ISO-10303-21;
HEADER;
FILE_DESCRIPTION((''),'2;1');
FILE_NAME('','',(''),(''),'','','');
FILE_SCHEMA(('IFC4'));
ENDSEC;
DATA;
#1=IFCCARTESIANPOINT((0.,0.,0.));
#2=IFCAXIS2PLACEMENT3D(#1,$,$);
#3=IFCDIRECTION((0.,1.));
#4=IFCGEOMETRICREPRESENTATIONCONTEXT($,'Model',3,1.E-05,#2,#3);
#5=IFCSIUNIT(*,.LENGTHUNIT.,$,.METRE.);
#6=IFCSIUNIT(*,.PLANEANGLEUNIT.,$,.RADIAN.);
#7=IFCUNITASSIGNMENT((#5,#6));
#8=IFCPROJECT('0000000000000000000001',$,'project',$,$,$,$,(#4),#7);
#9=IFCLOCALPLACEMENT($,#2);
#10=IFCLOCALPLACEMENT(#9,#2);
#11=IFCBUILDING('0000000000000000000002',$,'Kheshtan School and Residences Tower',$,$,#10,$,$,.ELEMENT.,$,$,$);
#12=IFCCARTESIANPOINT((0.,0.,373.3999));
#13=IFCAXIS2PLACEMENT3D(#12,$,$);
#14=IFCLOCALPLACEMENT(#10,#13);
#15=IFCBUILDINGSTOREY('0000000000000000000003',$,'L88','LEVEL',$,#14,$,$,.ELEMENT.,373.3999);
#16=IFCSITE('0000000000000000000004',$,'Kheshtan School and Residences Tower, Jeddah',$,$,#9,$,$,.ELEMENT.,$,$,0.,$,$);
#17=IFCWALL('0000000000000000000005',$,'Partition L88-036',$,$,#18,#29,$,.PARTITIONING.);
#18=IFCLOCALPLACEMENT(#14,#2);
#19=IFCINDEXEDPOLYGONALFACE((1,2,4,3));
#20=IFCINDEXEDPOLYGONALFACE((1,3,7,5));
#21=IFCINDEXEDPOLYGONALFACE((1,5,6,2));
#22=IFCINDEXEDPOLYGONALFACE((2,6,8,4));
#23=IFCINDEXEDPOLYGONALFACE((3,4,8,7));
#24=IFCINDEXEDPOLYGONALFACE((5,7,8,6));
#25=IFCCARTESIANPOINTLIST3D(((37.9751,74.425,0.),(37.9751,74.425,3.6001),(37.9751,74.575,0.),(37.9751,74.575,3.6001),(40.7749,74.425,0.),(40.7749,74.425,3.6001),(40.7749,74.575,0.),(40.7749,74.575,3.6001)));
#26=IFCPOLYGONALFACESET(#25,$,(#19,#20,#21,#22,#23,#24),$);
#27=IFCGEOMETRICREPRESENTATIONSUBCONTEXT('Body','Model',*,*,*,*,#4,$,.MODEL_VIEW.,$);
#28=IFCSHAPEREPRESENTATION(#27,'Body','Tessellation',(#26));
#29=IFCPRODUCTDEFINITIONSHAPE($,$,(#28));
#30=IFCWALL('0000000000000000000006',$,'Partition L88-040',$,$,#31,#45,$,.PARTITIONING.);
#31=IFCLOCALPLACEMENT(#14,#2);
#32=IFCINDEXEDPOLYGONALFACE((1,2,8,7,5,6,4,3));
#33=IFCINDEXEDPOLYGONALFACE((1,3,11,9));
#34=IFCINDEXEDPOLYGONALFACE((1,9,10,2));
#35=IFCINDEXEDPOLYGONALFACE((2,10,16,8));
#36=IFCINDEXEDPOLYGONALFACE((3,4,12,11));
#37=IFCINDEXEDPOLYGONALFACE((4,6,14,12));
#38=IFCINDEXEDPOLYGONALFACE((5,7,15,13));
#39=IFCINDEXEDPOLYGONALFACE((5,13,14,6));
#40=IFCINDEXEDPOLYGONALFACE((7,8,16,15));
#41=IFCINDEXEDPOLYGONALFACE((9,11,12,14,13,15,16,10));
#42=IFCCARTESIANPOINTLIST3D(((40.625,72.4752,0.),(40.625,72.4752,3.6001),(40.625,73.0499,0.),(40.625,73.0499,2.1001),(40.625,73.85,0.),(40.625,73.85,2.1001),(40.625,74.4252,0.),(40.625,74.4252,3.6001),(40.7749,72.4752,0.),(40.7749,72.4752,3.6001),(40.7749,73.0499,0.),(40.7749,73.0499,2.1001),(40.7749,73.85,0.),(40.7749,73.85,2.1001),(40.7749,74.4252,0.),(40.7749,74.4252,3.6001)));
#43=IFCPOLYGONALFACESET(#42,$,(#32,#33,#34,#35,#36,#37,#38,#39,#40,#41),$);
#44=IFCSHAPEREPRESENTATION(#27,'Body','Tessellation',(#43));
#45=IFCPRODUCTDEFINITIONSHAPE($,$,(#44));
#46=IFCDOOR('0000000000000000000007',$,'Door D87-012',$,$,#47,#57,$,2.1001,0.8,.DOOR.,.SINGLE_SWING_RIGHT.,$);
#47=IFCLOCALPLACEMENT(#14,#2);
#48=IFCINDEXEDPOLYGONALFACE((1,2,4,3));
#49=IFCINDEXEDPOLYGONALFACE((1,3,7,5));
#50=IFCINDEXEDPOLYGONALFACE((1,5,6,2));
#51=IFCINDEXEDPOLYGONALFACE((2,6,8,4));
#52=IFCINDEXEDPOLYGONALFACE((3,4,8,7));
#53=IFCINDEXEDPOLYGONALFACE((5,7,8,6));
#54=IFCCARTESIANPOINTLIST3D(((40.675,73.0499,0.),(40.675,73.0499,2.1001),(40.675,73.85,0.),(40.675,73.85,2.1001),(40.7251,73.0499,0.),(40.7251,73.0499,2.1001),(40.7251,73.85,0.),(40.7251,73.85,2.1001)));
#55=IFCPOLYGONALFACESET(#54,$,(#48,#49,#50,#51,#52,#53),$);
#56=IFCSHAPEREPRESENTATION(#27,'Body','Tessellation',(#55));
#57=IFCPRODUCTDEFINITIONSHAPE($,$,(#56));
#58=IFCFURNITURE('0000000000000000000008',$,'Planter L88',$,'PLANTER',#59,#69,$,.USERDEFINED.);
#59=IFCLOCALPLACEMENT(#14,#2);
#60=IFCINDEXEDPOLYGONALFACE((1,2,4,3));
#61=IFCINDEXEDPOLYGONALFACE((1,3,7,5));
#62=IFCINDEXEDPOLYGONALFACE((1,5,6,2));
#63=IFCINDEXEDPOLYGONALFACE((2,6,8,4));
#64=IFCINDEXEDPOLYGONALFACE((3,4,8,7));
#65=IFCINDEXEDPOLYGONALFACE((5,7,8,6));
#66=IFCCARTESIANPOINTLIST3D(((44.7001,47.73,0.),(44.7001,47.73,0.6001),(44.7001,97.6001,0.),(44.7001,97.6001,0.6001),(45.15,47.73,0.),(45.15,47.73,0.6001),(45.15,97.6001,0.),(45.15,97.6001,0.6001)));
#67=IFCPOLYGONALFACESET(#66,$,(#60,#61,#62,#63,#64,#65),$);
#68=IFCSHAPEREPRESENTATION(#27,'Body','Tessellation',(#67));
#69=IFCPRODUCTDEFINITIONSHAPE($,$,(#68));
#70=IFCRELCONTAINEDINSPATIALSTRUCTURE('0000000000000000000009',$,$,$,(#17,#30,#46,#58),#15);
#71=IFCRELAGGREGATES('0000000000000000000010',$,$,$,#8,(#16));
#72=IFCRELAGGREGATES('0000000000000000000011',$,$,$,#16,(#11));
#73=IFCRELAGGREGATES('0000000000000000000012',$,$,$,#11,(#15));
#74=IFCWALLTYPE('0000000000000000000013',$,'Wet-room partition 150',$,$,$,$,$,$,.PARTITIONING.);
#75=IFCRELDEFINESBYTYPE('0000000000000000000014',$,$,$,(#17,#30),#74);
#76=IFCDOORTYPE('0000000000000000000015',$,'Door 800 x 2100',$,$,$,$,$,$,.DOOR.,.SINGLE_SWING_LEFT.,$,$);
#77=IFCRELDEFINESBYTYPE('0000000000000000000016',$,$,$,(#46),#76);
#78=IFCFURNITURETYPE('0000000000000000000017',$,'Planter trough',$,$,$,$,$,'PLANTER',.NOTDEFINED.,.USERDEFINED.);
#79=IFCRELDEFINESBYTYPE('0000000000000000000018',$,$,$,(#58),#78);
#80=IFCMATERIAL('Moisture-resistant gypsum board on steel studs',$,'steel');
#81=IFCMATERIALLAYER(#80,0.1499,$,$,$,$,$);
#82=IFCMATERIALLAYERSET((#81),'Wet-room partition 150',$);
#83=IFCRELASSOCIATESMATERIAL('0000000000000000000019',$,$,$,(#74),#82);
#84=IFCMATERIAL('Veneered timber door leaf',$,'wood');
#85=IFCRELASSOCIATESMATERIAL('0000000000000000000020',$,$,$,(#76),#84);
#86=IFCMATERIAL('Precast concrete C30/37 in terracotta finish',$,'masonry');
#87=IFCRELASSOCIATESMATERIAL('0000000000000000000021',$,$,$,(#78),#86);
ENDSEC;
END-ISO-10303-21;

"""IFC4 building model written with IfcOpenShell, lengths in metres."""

from ifc_helpers import new_model, si_unit, direction, frame, frame_2d, origin, origin_2d, place, context, subcontext, project, spatial, rectangle, extrude, source, transform, mapped, material, layer, layer_set, type_object, element, fill, save


model = new_model("IFC4")

# Units and contexts
model_context = context("Model", 3, precision=1e-05, world=origin(), true_north=direction((0.0, 1.0)))
body_context = subcontext(model_context, "Body", "Model", "MODEL_VIEW")
ifc_project = project(units=[si_unit("LENGTHUNIT", "METRE"), si_unit("PLANEANGLEUNIT", "RADIAN")], contexts=[model_context])

# Site, building, storey
site_placement = place(None, origin())
site = spatial("IfcSite", under=ifc_project, at=site_placement, Name="Kheshtan School and Residences Tower, Jeddah", CompositionType="ELEMENT", RefElevation=0.0)
building_placement = place(site_placement, origin())
building = spatial("IfcBuilding", under=site, at=building_placement, Name="Kheshtan School and Residences Tower", CompositionType="ELEMENT")
storey_placement = place(building_placement, frame((0.0, 0.0, 373.3999)))
storey = spatial("IfcBuildingStorey", under=building, at=storey_placement, Name="L88", Description="LEVEL", CompositionType="ELEMENT", Elevation=373.3999)

# Shared definitions
ifc_material_1 = material(Name="Moisture-resistant gypsum board on steel studs", Category="steel")
ifc_layer_1 = layer(ifc_material_1, 0.1499)
ifc_layer_set_1 = layer_set([ifc_layer_1], Name="Wet-room partition 150")
wall_type_1 = type_object("IfcWallType", Name="Wet-room partition 150", PredefinedType="PARTITIONING", material=ifc_layer_set_1)

# Shared definitions
ifc_material_2 = material(Name="Veneered timber door leaf", Category="wood")
door_type_1 = type_object("IfcDoorType", Name="Door 800 x 2100", OperationType="SINGLE_SWING_LEFT", PredefinedType="DOOR", material=ifc_material_2)
shared_shape_1 = source(origin(), body_context, "Body", "SweptSolid", [
    extrude(rectangle(XDim=0.8, YDim=2.1001, at=frame_2d((0.3999, 1.05))), frame((0.0, 0.0249, 0.0), z_axis=(0.0, -1.0, 0.0), x_axis=(1.0, 0.0, 0.0)), (0.0, 0.0, 1.0), 0.05),
])

# Wall
wall_1_placement = place(storey_placement, frame((37.9751, 74.5, 0.0), z_axis=(0.0, 0.0, 1.0), x_axis=(1.0, 0.0, 0.0)))
element("IfcWall", 1, at=wall_1_placement, inside=storey, type_object=wall_type_1, Name="Partition L88-036", PredefinedType="PARTITIONING", context=body_context, shape_type="SweptSolid", body=[
    extrude(rectangle(XDim=2.7998, YDim=0.1499, at=frame_2d((1.3999, 0.0))), origin(), (0.0, 0.0, 1.0), 3.6001),
])

# Wall, opening, door
wall_2_placement = place(storey_placement, frame((40.7, 72.4751, 0.0), z_axis=(0.0, 0.0, 1.0), x_axis=(0.0, 1.0, 0.0)))
wall_2 = element("IfcWall", 2, at=wall_2_placement, inside=storey, type_object=wall_type_1, Name="Partition L88-040", PredefinedType="PARTITIONING", context=body_context, shape_type="SweptSolid", body=[
    extrude(rectangle(XDim=1.95, YDim=0.1499, at=frame_2d((0.9751, 0.0))), origin(), (0.0, 0.0, 1.0), 3.6001),
])
opening_1_placement = place(wall_2_placement, frame((0.575, 0.0, 0.0)))
opening_1 = element("IfcOpeningElement", 3, at=opening_1_placement, cuts=wall_2, PredefinedType="OPENING", context=body_context, shape_type="SweptSolid", body=[
    extrude(rectangle(XDim=0.8, YDim=2.1001, at=frame_2d((0.3999, 1.05))), frame((0.0, 0.085, 0.0), z_axis=(0.0, -1.0, 0.0), x_axis=(1.0, 0.0, 0.0)), (0.0, 0.0, 1.0), 0.1699),
])
door_1_placement = place(opening_1_placement, origin())
door_1 = element("IfcDoor", 4, at=door_1_placement, inside=storey, type_object=door_type_1, Name="Door D87-012", OperationType="SINGLE_SWING_RIGHT", OverallHeight=2.1001, OverallWidth=0.8, PredefinedType="DOOR", context=body_context, shape_type="MappedRepresentation", body=[
    mapped(shared_shape_1, transform((0.0, 0.0, 0.0), x_axis=(1.0, 0.0, 0.0), y_axis=(0.0, 1.0, 0.0), z_axis=(0.0, 0.0, 1.0), scale=1.0)),
])
fill(opening_1, door_1)

# Furniture
ifc_material_3 = material(Name="Precast concrete C30/37 in terracotta finish", Category="masonry")
furniture_type = type_object("IfcFurnitureType", Name="Planter trough", ElementType="PLANTER", AssemblyPlace="NOTDEFINED", PredefinedType="USERDEFINED", material=ifc_material_3)
furniture_placement = place(storey_placement, frame((44.925, 72.665, 0.0), z_axis=(0.0, 0.0, 1.0), x_axis=(0.0, -1.0, 0.0)))
element("IfcFurniture", 5, at=furniture_placement, inside=storey, type_object=furniture_type, Name="Planter L88", ObjectType="PLANTER", PredefinedType="USERDEFINED", context=body_context, shape_type="SweptSolid", body=[
    extrude(rectangle(XDim=49.8701, YDim=0.45, at=origin_2d()), origin(), (0.0, 0.0, 1.0), 0.6001),
])

save(model, "model.ifc")
